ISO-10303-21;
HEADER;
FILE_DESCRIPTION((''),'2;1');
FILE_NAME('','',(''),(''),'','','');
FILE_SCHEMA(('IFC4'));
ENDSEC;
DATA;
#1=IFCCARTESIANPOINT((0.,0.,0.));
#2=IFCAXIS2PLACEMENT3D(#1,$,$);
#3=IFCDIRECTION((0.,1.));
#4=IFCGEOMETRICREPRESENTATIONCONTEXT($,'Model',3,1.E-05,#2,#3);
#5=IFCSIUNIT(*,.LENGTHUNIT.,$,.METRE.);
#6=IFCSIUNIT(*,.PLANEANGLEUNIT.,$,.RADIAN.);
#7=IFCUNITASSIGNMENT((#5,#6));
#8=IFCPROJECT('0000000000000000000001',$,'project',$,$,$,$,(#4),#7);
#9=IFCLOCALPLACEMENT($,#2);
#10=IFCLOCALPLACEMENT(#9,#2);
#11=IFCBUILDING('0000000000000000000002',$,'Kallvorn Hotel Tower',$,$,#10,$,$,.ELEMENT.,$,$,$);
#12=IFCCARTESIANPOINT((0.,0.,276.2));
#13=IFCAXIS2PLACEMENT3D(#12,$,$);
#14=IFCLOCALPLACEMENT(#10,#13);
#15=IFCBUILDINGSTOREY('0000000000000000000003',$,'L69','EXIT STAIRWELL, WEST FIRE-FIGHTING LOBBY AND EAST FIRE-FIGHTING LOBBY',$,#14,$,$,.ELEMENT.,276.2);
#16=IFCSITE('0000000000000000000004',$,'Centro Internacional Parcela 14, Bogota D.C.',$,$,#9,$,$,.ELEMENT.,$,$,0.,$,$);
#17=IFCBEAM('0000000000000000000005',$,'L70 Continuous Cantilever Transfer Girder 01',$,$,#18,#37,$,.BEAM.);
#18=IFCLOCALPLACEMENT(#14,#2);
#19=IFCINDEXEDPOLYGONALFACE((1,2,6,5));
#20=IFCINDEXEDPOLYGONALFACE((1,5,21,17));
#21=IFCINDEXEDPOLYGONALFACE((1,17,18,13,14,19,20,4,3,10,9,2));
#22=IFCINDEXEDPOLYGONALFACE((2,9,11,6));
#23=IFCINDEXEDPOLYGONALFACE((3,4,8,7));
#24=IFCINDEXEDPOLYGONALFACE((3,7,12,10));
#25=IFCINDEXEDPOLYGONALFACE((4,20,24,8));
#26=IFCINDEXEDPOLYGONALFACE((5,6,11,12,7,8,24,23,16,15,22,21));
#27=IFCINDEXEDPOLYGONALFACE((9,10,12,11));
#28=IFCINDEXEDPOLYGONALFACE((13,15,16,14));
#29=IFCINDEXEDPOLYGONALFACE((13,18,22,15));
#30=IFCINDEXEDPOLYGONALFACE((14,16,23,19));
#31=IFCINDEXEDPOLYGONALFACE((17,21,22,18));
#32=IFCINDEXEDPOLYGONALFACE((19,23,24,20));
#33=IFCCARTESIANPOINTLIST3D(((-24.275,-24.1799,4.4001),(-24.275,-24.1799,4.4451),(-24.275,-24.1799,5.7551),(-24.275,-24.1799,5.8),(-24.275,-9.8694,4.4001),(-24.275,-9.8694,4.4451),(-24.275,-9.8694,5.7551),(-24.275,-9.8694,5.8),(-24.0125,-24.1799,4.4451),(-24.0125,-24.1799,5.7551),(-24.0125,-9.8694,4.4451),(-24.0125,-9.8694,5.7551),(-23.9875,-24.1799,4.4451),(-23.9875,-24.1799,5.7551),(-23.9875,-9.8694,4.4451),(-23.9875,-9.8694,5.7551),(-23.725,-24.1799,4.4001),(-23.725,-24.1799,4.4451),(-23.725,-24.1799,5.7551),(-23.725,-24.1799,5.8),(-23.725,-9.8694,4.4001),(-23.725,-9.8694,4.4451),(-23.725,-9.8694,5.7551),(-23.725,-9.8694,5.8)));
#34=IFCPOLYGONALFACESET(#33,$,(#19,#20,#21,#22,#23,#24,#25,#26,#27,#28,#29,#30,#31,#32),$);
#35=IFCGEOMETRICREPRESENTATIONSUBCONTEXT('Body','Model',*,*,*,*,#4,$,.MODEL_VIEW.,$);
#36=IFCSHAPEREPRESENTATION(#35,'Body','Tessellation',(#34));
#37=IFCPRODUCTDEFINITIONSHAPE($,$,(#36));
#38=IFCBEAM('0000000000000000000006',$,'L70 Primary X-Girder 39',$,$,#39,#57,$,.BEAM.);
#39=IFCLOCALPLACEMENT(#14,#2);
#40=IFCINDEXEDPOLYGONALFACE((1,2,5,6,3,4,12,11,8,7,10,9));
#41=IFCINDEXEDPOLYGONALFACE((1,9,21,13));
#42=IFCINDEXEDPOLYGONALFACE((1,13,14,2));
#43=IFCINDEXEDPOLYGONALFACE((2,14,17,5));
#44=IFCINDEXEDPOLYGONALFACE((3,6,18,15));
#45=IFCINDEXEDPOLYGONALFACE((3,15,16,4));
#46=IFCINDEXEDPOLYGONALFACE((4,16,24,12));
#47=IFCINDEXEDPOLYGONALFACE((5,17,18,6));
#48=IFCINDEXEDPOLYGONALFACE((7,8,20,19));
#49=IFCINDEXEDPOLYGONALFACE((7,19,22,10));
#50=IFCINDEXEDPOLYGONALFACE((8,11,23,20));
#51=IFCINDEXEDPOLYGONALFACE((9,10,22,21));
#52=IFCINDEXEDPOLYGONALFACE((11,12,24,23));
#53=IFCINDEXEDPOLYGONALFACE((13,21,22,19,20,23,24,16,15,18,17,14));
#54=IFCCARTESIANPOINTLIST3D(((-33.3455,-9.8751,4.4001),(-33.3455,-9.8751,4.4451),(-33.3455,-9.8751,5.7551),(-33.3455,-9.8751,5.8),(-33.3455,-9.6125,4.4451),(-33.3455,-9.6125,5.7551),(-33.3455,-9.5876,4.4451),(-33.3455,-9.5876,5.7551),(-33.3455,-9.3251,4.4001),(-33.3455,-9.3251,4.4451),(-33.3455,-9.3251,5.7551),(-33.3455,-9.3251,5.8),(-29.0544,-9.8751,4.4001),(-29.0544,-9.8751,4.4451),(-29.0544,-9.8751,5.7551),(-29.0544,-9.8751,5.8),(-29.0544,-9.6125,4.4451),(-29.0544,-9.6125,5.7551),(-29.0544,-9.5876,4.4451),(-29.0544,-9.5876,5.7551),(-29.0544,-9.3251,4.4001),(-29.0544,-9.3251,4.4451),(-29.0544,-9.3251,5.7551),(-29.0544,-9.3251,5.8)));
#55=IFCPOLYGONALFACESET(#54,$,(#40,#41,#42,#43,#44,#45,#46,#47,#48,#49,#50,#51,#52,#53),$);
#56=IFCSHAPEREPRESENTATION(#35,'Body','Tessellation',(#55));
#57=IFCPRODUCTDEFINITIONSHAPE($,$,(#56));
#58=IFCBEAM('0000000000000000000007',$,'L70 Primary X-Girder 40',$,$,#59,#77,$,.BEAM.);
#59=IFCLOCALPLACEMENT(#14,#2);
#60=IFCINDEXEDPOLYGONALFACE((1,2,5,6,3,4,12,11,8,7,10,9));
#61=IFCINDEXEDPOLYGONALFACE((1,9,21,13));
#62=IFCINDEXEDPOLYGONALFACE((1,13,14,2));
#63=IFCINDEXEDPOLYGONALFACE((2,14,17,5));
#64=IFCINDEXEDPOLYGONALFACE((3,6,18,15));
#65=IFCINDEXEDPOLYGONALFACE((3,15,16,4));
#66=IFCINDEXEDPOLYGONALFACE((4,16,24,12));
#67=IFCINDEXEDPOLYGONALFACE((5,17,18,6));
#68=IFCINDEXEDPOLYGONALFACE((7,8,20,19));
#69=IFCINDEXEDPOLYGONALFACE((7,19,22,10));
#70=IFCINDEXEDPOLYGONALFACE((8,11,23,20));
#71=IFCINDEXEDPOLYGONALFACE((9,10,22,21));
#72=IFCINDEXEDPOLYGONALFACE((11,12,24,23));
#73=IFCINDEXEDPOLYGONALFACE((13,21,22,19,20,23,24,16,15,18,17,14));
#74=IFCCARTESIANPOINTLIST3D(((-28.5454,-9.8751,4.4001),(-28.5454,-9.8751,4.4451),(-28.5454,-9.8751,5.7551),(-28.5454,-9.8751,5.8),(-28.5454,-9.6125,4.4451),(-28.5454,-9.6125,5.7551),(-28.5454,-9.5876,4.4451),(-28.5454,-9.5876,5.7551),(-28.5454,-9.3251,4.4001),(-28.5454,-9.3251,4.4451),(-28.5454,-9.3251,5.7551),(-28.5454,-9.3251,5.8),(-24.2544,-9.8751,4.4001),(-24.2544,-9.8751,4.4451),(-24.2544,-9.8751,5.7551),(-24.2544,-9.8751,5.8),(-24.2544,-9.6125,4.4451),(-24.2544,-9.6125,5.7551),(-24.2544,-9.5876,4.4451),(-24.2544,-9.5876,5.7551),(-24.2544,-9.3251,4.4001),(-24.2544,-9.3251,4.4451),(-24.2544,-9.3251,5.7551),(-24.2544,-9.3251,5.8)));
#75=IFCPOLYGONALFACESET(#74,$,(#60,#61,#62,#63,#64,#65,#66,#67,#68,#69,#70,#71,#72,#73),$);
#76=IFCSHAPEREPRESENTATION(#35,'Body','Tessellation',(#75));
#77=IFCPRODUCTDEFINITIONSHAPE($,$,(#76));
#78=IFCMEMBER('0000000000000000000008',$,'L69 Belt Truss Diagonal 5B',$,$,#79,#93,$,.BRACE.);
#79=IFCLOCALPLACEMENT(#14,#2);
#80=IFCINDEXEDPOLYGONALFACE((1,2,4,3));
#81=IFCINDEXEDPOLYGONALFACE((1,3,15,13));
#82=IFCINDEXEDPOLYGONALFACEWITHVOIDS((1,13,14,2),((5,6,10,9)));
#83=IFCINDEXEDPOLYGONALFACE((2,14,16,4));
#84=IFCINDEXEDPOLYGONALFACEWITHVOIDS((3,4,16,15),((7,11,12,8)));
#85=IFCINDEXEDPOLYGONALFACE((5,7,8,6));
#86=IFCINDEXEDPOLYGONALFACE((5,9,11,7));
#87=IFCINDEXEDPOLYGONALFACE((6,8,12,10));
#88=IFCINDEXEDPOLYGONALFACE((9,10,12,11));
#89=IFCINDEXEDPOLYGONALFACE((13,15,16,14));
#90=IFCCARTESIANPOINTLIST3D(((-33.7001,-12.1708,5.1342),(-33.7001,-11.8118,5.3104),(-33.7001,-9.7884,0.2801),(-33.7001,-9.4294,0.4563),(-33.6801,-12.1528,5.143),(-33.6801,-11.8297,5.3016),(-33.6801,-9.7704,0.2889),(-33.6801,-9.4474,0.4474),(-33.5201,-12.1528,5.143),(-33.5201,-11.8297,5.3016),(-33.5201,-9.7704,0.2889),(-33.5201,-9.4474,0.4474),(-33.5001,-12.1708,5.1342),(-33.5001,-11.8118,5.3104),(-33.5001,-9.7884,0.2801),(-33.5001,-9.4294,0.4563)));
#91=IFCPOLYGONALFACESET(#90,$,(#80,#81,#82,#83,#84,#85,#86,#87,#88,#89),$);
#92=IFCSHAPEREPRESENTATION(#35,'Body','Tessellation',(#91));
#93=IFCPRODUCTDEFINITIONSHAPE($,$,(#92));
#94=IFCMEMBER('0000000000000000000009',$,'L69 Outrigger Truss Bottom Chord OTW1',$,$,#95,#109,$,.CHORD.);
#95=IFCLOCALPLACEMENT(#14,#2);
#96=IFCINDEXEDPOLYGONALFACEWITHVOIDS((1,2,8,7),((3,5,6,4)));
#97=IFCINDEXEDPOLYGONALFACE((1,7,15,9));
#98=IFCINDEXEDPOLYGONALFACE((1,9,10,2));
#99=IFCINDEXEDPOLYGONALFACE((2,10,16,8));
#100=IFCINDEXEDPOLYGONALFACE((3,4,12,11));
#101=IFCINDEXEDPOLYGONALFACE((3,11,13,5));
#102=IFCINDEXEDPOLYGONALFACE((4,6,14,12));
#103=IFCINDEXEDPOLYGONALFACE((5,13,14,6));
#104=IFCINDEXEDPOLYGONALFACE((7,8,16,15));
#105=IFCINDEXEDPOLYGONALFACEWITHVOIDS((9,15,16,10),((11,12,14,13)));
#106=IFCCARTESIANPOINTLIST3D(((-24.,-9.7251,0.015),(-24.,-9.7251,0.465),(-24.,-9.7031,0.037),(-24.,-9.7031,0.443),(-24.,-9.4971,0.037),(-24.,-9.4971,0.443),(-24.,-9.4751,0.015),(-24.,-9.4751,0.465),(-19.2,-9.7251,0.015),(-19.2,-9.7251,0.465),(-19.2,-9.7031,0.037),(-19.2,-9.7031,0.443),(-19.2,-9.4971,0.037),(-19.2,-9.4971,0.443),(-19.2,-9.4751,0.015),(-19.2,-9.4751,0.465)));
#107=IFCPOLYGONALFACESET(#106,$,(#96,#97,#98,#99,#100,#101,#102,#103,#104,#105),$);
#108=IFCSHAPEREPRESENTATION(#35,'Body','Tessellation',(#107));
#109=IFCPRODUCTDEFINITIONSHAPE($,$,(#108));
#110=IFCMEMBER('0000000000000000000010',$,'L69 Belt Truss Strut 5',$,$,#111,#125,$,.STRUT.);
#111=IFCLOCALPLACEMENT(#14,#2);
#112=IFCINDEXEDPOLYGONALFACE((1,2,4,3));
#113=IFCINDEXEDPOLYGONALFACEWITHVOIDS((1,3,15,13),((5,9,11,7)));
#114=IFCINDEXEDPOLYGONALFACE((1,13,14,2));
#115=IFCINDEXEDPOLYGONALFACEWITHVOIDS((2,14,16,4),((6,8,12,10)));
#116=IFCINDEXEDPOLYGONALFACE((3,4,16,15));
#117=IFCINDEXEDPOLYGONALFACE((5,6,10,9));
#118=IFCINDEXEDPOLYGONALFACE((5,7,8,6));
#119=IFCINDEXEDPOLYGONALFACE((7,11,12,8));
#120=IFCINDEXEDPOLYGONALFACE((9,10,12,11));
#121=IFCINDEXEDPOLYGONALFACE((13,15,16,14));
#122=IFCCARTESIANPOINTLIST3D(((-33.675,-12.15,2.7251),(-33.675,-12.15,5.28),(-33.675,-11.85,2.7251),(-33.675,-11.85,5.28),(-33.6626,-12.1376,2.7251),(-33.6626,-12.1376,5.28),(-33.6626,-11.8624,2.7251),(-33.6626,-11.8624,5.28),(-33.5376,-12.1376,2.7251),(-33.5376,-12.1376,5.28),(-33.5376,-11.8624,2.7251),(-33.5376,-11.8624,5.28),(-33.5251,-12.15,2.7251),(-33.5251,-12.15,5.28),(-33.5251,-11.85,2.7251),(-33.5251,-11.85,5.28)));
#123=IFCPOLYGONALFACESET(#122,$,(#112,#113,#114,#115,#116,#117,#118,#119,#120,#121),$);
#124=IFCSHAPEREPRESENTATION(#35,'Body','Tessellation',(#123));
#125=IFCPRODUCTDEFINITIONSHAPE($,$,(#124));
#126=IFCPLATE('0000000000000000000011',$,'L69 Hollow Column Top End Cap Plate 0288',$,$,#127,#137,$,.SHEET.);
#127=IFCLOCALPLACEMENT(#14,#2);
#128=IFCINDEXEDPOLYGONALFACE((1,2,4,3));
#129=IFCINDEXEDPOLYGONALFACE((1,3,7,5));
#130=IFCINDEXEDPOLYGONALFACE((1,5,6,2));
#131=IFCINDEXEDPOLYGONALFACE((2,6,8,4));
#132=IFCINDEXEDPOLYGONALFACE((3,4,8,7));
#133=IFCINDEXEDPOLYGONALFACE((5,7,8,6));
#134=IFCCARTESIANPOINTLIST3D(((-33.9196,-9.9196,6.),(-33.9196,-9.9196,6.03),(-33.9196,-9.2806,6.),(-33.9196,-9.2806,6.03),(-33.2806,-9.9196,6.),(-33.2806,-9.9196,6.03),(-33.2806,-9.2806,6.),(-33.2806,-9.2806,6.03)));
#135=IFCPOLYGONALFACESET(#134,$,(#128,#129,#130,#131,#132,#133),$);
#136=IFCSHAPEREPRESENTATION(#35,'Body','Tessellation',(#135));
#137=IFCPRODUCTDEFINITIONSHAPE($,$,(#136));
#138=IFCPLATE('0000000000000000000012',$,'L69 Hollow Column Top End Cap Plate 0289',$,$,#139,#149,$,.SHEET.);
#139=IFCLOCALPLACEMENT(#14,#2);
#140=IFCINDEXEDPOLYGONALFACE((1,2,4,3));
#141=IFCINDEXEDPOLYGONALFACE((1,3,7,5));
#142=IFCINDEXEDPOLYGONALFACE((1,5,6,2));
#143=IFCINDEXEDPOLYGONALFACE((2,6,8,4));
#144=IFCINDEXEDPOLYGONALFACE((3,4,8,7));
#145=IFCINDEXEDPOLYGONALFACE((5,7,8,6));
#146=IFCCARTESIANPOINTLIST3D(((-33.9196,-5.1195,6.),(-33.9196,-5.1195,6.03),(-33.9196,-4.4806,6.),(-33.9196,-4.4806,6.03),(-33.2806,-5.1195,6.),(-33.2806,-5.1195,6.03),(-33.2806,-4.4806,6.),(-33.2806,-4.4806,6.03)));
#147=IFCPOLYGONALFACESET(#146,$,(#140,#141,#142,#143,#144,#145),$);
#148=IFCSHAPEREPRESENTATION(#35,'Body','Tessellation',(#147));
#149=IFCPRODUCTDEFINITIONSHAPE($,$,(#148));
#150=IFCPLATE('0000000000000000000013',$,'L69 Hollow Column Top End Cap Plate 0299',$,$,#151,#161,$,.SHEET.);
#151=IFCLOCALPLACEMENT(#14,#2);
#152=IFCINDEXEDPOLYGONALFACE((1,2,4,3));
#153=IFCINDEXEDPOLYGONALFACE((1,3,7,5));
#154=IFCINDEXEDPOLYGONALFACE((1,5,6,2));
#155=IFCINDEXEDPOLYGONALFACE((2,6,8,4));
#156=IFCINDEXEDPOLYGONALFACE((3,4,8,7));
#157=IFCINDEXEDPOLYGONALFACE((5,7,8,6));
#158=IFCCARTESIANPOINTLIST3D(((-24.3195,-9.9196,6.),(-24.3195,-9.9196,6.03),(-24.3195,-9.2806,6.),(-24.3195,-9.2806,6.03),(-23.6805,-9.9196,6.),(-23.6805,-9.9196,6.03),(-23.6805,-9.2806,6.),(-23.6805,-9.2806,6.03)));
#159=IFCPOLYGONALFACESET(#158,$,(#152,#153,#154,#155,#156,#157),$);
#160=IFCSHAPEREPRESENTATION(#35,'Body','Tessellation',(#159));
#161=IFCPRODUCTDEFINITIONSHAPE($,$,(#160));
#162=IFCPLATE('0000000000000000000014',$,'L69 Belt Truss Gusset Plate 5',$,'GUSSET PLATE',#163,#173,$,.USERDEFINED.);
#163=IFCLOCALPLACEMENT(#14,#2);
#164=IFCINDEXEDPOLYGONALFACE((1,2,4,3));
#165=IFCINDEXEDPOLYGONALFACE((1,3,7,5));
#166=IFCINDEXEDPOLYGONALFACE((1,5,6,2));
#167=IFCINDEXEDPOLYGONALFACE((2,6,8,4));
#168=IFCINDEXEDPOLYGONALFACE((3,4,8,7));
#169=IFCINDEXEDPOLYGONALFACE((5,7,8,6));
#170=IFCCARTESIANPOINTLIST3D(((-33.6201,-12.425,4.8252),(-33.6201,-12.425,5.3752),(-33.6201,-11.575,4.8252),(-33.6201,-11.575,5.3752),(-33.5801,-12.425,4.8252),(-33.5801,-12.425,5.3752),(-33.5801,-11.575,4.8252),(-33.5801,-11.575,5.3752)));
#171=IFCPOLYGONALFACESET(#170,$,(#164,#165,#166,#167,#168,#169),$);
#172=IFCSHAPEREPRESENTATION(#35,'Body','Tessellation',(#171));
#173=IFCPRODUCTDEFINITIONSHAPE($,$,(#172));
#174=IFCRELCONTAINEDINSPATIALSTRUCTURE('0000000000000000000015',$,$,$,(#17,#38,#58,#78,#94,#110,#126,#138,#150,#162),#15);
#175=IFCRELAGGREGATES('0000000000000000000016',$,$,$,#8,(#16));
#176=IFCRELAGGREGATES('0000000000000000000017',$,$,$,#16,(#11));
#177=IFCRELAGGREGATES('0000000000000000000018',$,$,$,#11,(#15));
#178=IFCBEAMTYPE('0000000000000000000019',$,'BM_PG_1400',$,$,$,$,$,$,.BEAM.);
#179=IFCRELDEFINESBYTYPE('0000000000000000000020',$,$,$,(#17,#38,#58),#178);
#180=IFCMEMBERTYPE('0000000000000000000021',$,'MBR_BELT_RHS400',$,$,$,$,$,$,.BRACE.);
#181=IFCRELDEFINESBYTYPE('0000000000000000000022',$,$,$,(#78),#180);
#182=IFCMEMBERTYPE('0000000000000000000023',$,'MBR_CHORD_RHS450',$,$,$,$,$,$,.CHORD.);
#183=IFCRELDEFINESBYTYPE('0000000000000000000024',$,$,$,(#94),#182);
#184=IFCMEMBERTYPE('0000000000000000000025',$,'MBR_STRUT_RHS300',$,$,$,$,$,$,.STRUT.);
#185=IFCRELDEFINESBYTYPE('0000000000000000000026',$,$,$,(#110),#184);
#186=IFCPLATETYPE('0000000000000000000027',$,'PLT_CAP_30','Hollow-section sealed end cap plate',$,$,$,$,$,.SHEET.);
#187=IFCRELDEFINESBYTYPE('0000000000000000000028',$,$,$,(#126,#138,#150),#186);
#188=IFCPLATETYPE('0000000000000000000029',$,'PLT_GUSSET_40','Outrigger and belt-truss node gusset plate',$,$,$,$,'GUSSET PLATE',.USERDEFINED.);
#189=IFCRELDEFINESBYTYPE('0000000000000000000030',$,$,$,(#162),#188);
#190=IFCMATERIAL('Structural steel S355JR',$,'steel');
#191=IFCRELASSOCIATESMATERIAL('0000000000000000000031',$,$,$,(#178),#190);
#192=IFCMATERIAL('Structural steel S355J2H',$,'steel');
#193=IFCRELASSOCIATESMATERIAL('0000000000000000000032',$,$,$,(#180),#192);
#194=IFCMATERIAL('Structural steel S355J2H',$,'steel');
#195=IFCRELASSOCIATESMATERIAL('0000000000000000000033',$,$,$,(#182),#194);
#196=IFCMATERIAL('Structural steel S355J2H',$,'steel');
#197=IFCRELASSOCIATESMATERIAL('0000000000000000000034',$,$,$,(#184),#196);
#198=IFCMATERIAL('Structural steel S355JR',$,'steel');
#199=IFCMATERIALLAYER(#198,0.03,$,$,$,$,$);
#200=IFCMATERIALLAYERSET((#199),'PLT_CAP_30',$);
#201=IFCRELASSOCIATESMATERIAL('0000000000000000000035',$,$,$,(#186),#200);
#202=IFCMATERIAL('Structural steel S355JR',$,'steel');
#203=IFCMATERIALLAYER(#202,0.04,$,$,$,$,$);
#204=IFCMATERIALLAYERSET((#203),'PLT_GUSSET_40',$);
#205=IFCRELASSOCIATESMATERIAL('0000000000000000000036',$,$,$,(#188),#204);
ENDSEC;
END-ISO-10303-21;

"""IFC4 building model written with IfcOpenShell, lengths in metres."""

from ifc_helpers import new_model, si_unit, direction, frame, origin, origin_2d, place, context, subcontext, project, spatial, rectangle, hollow_rectangle, i_section, extrude, material, layer, layer_set, material_profile, profile_set, type_object, element, save


model = new_model("IFC4")

# Units and contexts
model_context = context("Model", 3, precision=1e-05, world=origin(), true_north=direction((0.0, 1.0)))
body_context = subcontext(model_context, "Body", "Model", "MODEL_VIEW")
ifc_project = project(units=[si_unit("LENGTHUNIT", "METRE"), si_unit("PLANEANGLEUNIT", "RADIAN")], contexts=[model_context])

# Site, building, storey
site_placement = place(None, origin())
site = spatial("IfcSite", under=ifc_project, at=site_placement, Name="Centro Internacional Parcela 14, Bogota D.C.", CompositionType="ELEMENT", RefElevation=0.0)
building_placement = place(site_placement, origin())
building = spatial("IfcBuilding", under=site, at=building_placement, Name="Kallvorn Hotel Tower", CompositionType="ELEMENT")
storey_placement = place(building_placement, frame((0.0, 0.0, 276.2)))
storey = spatial("IfcBuildingStorey", under=building, at=storey_placement, Name="L69", Description="EXIT STAIRWELL, WEST FIRE-FIGHTING LOBBY AND EAST FIRE-FIGHTING LOBBY", CompositionType="ELEMENT", Elevation=276.2)

# Beams
ifc_material_1 = material(Name="Structural steel S355JR", Category="steel")
ifc_material_profile_1 = material_profile(ifc_material_1, i_section(OverallWidth=0.55, OverallDepth=1.3999, WebThickness=0.0249, FlangeThickness=0.0449, at=origin_2d()), Name="PG 1400x550x25x45")
ifc_profile_set_1 = profile_set([ifc_material_profile_1], Name="Structural steel S355JR")
beam_type_1 = type_object("IfcBeamType", Name="BM_PG_1400", PredefinedType="BEAM", material=ifc_profile_set_1)
beam_placement = place(storey_placement, frame((-24.0, -9.8694, 5.1001), z_axis=(0.0, -1.0, 0.0), x_axis=(1.0, 0.0, 0.0)))
element("IfcBeam", 1, at=beam_placement, inside=storey, type_object=beam_type_1, Name="L70 Continuous Cantilever Transfer Girder 01", PredefinedType="BEAM", context=body_context, shape_type="SweptSolid", body=[
    extrude(i_section(OverallWidth=0.55, OverallDepth=1.3999, WebThickness=0.0249, FlangeThickness=0.0449, at=origin_2d()), origin(), (0.0, 0.0, 1.0), 14.3105),
])
for number, where, z_axis, x_axis, name in (
    (2, (-33.3455, -9.6001, 5.1001), (1.0, 0.0, 0.0), (0.0, 1.0, 0.0), "L70 Primary X-Girder 39"),
    (3, (-28.5454, -9.6001, 5.1001), (1.0, 0.0, 0.0), (0.0, 1.0, 0.0), "L70 Primary X-Girder 40"),
):
    element("IfcBeam", number, at=place(storey_placement, frame(where, z_axis=z_axis, x_axis=x_axis)), inside=storey, type_object=beam_type_1, Name=name, PredefinedType="BEAM", context=body_context, shape_type="SweptSolid", body=[
        extrude(i_section(OverallWidth=0.55, OverallDepth=1.3999, WebThickness=0.0249, FlangeThickness=0.0449, at=origin_2d()), origin(), (0.0, 0.0, 1.0), 4.291),
    ])

# Members
ifc_material_2 = material(Name="Structural steel S355J2H", Category="steel")
ifc_material_profile_2 = material_profile(ifc_material_2, hollow_rectangle(XDim=0.2, YDim=0.3999, WallThickness=0.02, at=origin_2d()), Name="RHS 400x200x20")
ifc_profile_set_2 = profile_set([ifc_material_profile_2], Name="Structural steel S355J2H")
member_type_1 = type_object("IfcMemberType", Name="MBR_BELT_RHS400", PredefinedType="BRACE", material=ifc_profile_set_2)
member_1_placement = place(storey_placement, frame((-33.6001, -9.6089, 0.3682), z_axis=(0.0, -0.440591, 0.897708), x_axis=(1.0, 0.0, 0.0)))
element("IfcMember", 4, at=member_1_placement, inside=storey, type_object=member_type_1, Name="L69 Belt Truss Diagonal 5B", PredefinedType="BRACE", context=body_context, shape_type="SweptSolid", body=[
    extrude(hollow_rectangle(XDim=0.2, YDim=0.3999, WallThickness=0.02, at=origin_2d()), origin(), (0.0, 0.0, 1.0), 5.4072),
])
ifc_material_3 = material(Name="Structural steel S355J2H", Category="steel")
ifc_material_profile_3 = material_profile(ifc_material_3, hollow_rectangle(XDim=0.25, YDim=0.45, WallThickness=0.022, at=origin_2d()), Name="RHS 450x250x22")
ifc_profile_set_3 = profile_set([ifc_material_profile_3], Name="Structural steel S355J2H")
member_type_2 = type_object("IfcMemberType", Name="MBR_CHORD_RHS450", PredefinedType="CHORD", material=ifc_profile_set_3)
member_2_placement = place(storey_placement, frame((-24.0, -9.6001, 0.24), z_axis=(1.0, 0.0, 0.0), x_axis=(0.0, 1.0, 0.0)))
element("IfcMember", 5, at=member_2_placement, inside=storey, type_object=member_type_2, Name="L69 Outrigger Truss Bottom Chord OTW1", PredefinedType="CHORD", context=body_context, shape_type="SweptSolid", body=[
    extrude(hollow_rectangle(XDim=0.25, YDim=0.45, WallThickness=0.022, at=origin_2d()), origin(), (0.0, 0.0, 1.0), 4.8),
])
ifc_material_4 = material(Name="Structural steel S355J2H", Category="steel")
ifc_material_profile_4 = material_profile(ifc_material_4, hollow_rectangle(XDim=0.1499, YDim=0.3, WallThickness=0.0125, at=origin_2d()), Name="RHS 300x150x12.5")
ifc_profile_set_4 = profile_set([ifc_material_profile_4], Name="Structural steel S355J2H")
member_type_3 = type_object("IfcMemberType", Name="MBR_STRUT_RHS300", PredefinedType="STRUT", material=ifc_profile_set_4)
member_3_placement = place(storey_placement, frame((-33.6001, -12.0, 2.7251), z_axis=(0.0, 0.0, 1.0), x_axis=(1.0, 0.0, 0.0)))
element("IfcMember", 6, at=member_3_placement, inside=storey, type_object=member_type_3, Name="L69 Belt Truss Strut 5", PredefinedType="STRUT", context=body_context, shape_type="SweptSolid", body=[
    extrude(hollow_rectangle(XDim=0.1499, YDim=0.3, WallThickness=0.0125, at=origin_2d()), origin(), (0.0, 0.0, 1.0), 2.5549),
])

# Plates
ifc_material_5 = material(Name="Structural steel S355JR", Category="steel")
ifc_layer_1 = layer(ifc_material_5, 0.03)
ifc_layer_set_1 = layer_set([ifc_layer_1], Name="PLT_CAP_30")
plate_type_1 = type_object("IfcPlateType", Name="PLT_CAP_30", Description="Hollow-section sealed end cap plate", PredefinedType="SHEET", material=ifc_layer_set_1)
for number, where, z_axis, x_axis, name in (
    (7, (-33.6001, -9.6001, 6.0), (0.0, 0.0, 1.0), (1.0, 0.0, 0.0), "L69 Hollow Column Top End Cap Plate 0288"),
    (8, (-33.6001, -4.8, 6.0), (0.0, 0.0, 1.0), (1.0, 0.0, 0.0), "L69 Hollow Column Top End Cap Plate 0289"),
    (9, (-24.0, -9.6001, 6.0), (0.0, 0.0, 1.0), (1.0, 0.0, 0.0), "L69 Hollow Column Top End Cap Plate 0299"),
):
    element("IfcPlate", number, at=place(storey_placement, frame(where, z_axis=z_axis, x_axis=x_axis)), inside=storey, type_object=plate_type_1, Name=name, PredefinedType="SHEET", context=body_context, shape_type="SweptSolid", body=[
        extrude(rectangle(XDim=0.6389, YDim=0.6389, at=origin_2d()), origin(), (0.0, 0.0, 1.0), 0.03),
    ])
ifc_material_6 = material(Name="Structural steel S355JR", Category="steel")
ifc_layer_2 = layer(ifc_material_6, 0.04)
ifc_layer_set_2 = layer_set([ifc_layer_2], Name="PLT_GUSSET_40")
plate_type_2 = type_object("IfcPlateType", Name="PLT_GUSSET_40", Description="Outrigger and belt-truss node gusset plate", ElementType="GUSSET PLATE", PredefinedType="USERDEFINED", material=ifc_layer_set_2)
plate_placement = place(storey_placement, frame((-33.6001, -12.0, 4.8252), z_axis=(0.0, 0.0, 1.0), x_axis=(0.0, 1.0, 0.0)))
element("IfcPlate", 10, at=plate_placement, inside=storey, type_object=plate_type_2, Name="L69 Belt Truss Gusset Plate 5", ObjectType="GUSSET PLATE", PredefinedType="USERDEFINED", context=body_context, shape_type="SweptSolid", body=[
    extrude(rectangle(XDim=0.8501, YDim=0.04, at=origin_2d()), origin(), (0.0, 0.0, 1.0), 0.55),
])

save(model, "model.ifc")
